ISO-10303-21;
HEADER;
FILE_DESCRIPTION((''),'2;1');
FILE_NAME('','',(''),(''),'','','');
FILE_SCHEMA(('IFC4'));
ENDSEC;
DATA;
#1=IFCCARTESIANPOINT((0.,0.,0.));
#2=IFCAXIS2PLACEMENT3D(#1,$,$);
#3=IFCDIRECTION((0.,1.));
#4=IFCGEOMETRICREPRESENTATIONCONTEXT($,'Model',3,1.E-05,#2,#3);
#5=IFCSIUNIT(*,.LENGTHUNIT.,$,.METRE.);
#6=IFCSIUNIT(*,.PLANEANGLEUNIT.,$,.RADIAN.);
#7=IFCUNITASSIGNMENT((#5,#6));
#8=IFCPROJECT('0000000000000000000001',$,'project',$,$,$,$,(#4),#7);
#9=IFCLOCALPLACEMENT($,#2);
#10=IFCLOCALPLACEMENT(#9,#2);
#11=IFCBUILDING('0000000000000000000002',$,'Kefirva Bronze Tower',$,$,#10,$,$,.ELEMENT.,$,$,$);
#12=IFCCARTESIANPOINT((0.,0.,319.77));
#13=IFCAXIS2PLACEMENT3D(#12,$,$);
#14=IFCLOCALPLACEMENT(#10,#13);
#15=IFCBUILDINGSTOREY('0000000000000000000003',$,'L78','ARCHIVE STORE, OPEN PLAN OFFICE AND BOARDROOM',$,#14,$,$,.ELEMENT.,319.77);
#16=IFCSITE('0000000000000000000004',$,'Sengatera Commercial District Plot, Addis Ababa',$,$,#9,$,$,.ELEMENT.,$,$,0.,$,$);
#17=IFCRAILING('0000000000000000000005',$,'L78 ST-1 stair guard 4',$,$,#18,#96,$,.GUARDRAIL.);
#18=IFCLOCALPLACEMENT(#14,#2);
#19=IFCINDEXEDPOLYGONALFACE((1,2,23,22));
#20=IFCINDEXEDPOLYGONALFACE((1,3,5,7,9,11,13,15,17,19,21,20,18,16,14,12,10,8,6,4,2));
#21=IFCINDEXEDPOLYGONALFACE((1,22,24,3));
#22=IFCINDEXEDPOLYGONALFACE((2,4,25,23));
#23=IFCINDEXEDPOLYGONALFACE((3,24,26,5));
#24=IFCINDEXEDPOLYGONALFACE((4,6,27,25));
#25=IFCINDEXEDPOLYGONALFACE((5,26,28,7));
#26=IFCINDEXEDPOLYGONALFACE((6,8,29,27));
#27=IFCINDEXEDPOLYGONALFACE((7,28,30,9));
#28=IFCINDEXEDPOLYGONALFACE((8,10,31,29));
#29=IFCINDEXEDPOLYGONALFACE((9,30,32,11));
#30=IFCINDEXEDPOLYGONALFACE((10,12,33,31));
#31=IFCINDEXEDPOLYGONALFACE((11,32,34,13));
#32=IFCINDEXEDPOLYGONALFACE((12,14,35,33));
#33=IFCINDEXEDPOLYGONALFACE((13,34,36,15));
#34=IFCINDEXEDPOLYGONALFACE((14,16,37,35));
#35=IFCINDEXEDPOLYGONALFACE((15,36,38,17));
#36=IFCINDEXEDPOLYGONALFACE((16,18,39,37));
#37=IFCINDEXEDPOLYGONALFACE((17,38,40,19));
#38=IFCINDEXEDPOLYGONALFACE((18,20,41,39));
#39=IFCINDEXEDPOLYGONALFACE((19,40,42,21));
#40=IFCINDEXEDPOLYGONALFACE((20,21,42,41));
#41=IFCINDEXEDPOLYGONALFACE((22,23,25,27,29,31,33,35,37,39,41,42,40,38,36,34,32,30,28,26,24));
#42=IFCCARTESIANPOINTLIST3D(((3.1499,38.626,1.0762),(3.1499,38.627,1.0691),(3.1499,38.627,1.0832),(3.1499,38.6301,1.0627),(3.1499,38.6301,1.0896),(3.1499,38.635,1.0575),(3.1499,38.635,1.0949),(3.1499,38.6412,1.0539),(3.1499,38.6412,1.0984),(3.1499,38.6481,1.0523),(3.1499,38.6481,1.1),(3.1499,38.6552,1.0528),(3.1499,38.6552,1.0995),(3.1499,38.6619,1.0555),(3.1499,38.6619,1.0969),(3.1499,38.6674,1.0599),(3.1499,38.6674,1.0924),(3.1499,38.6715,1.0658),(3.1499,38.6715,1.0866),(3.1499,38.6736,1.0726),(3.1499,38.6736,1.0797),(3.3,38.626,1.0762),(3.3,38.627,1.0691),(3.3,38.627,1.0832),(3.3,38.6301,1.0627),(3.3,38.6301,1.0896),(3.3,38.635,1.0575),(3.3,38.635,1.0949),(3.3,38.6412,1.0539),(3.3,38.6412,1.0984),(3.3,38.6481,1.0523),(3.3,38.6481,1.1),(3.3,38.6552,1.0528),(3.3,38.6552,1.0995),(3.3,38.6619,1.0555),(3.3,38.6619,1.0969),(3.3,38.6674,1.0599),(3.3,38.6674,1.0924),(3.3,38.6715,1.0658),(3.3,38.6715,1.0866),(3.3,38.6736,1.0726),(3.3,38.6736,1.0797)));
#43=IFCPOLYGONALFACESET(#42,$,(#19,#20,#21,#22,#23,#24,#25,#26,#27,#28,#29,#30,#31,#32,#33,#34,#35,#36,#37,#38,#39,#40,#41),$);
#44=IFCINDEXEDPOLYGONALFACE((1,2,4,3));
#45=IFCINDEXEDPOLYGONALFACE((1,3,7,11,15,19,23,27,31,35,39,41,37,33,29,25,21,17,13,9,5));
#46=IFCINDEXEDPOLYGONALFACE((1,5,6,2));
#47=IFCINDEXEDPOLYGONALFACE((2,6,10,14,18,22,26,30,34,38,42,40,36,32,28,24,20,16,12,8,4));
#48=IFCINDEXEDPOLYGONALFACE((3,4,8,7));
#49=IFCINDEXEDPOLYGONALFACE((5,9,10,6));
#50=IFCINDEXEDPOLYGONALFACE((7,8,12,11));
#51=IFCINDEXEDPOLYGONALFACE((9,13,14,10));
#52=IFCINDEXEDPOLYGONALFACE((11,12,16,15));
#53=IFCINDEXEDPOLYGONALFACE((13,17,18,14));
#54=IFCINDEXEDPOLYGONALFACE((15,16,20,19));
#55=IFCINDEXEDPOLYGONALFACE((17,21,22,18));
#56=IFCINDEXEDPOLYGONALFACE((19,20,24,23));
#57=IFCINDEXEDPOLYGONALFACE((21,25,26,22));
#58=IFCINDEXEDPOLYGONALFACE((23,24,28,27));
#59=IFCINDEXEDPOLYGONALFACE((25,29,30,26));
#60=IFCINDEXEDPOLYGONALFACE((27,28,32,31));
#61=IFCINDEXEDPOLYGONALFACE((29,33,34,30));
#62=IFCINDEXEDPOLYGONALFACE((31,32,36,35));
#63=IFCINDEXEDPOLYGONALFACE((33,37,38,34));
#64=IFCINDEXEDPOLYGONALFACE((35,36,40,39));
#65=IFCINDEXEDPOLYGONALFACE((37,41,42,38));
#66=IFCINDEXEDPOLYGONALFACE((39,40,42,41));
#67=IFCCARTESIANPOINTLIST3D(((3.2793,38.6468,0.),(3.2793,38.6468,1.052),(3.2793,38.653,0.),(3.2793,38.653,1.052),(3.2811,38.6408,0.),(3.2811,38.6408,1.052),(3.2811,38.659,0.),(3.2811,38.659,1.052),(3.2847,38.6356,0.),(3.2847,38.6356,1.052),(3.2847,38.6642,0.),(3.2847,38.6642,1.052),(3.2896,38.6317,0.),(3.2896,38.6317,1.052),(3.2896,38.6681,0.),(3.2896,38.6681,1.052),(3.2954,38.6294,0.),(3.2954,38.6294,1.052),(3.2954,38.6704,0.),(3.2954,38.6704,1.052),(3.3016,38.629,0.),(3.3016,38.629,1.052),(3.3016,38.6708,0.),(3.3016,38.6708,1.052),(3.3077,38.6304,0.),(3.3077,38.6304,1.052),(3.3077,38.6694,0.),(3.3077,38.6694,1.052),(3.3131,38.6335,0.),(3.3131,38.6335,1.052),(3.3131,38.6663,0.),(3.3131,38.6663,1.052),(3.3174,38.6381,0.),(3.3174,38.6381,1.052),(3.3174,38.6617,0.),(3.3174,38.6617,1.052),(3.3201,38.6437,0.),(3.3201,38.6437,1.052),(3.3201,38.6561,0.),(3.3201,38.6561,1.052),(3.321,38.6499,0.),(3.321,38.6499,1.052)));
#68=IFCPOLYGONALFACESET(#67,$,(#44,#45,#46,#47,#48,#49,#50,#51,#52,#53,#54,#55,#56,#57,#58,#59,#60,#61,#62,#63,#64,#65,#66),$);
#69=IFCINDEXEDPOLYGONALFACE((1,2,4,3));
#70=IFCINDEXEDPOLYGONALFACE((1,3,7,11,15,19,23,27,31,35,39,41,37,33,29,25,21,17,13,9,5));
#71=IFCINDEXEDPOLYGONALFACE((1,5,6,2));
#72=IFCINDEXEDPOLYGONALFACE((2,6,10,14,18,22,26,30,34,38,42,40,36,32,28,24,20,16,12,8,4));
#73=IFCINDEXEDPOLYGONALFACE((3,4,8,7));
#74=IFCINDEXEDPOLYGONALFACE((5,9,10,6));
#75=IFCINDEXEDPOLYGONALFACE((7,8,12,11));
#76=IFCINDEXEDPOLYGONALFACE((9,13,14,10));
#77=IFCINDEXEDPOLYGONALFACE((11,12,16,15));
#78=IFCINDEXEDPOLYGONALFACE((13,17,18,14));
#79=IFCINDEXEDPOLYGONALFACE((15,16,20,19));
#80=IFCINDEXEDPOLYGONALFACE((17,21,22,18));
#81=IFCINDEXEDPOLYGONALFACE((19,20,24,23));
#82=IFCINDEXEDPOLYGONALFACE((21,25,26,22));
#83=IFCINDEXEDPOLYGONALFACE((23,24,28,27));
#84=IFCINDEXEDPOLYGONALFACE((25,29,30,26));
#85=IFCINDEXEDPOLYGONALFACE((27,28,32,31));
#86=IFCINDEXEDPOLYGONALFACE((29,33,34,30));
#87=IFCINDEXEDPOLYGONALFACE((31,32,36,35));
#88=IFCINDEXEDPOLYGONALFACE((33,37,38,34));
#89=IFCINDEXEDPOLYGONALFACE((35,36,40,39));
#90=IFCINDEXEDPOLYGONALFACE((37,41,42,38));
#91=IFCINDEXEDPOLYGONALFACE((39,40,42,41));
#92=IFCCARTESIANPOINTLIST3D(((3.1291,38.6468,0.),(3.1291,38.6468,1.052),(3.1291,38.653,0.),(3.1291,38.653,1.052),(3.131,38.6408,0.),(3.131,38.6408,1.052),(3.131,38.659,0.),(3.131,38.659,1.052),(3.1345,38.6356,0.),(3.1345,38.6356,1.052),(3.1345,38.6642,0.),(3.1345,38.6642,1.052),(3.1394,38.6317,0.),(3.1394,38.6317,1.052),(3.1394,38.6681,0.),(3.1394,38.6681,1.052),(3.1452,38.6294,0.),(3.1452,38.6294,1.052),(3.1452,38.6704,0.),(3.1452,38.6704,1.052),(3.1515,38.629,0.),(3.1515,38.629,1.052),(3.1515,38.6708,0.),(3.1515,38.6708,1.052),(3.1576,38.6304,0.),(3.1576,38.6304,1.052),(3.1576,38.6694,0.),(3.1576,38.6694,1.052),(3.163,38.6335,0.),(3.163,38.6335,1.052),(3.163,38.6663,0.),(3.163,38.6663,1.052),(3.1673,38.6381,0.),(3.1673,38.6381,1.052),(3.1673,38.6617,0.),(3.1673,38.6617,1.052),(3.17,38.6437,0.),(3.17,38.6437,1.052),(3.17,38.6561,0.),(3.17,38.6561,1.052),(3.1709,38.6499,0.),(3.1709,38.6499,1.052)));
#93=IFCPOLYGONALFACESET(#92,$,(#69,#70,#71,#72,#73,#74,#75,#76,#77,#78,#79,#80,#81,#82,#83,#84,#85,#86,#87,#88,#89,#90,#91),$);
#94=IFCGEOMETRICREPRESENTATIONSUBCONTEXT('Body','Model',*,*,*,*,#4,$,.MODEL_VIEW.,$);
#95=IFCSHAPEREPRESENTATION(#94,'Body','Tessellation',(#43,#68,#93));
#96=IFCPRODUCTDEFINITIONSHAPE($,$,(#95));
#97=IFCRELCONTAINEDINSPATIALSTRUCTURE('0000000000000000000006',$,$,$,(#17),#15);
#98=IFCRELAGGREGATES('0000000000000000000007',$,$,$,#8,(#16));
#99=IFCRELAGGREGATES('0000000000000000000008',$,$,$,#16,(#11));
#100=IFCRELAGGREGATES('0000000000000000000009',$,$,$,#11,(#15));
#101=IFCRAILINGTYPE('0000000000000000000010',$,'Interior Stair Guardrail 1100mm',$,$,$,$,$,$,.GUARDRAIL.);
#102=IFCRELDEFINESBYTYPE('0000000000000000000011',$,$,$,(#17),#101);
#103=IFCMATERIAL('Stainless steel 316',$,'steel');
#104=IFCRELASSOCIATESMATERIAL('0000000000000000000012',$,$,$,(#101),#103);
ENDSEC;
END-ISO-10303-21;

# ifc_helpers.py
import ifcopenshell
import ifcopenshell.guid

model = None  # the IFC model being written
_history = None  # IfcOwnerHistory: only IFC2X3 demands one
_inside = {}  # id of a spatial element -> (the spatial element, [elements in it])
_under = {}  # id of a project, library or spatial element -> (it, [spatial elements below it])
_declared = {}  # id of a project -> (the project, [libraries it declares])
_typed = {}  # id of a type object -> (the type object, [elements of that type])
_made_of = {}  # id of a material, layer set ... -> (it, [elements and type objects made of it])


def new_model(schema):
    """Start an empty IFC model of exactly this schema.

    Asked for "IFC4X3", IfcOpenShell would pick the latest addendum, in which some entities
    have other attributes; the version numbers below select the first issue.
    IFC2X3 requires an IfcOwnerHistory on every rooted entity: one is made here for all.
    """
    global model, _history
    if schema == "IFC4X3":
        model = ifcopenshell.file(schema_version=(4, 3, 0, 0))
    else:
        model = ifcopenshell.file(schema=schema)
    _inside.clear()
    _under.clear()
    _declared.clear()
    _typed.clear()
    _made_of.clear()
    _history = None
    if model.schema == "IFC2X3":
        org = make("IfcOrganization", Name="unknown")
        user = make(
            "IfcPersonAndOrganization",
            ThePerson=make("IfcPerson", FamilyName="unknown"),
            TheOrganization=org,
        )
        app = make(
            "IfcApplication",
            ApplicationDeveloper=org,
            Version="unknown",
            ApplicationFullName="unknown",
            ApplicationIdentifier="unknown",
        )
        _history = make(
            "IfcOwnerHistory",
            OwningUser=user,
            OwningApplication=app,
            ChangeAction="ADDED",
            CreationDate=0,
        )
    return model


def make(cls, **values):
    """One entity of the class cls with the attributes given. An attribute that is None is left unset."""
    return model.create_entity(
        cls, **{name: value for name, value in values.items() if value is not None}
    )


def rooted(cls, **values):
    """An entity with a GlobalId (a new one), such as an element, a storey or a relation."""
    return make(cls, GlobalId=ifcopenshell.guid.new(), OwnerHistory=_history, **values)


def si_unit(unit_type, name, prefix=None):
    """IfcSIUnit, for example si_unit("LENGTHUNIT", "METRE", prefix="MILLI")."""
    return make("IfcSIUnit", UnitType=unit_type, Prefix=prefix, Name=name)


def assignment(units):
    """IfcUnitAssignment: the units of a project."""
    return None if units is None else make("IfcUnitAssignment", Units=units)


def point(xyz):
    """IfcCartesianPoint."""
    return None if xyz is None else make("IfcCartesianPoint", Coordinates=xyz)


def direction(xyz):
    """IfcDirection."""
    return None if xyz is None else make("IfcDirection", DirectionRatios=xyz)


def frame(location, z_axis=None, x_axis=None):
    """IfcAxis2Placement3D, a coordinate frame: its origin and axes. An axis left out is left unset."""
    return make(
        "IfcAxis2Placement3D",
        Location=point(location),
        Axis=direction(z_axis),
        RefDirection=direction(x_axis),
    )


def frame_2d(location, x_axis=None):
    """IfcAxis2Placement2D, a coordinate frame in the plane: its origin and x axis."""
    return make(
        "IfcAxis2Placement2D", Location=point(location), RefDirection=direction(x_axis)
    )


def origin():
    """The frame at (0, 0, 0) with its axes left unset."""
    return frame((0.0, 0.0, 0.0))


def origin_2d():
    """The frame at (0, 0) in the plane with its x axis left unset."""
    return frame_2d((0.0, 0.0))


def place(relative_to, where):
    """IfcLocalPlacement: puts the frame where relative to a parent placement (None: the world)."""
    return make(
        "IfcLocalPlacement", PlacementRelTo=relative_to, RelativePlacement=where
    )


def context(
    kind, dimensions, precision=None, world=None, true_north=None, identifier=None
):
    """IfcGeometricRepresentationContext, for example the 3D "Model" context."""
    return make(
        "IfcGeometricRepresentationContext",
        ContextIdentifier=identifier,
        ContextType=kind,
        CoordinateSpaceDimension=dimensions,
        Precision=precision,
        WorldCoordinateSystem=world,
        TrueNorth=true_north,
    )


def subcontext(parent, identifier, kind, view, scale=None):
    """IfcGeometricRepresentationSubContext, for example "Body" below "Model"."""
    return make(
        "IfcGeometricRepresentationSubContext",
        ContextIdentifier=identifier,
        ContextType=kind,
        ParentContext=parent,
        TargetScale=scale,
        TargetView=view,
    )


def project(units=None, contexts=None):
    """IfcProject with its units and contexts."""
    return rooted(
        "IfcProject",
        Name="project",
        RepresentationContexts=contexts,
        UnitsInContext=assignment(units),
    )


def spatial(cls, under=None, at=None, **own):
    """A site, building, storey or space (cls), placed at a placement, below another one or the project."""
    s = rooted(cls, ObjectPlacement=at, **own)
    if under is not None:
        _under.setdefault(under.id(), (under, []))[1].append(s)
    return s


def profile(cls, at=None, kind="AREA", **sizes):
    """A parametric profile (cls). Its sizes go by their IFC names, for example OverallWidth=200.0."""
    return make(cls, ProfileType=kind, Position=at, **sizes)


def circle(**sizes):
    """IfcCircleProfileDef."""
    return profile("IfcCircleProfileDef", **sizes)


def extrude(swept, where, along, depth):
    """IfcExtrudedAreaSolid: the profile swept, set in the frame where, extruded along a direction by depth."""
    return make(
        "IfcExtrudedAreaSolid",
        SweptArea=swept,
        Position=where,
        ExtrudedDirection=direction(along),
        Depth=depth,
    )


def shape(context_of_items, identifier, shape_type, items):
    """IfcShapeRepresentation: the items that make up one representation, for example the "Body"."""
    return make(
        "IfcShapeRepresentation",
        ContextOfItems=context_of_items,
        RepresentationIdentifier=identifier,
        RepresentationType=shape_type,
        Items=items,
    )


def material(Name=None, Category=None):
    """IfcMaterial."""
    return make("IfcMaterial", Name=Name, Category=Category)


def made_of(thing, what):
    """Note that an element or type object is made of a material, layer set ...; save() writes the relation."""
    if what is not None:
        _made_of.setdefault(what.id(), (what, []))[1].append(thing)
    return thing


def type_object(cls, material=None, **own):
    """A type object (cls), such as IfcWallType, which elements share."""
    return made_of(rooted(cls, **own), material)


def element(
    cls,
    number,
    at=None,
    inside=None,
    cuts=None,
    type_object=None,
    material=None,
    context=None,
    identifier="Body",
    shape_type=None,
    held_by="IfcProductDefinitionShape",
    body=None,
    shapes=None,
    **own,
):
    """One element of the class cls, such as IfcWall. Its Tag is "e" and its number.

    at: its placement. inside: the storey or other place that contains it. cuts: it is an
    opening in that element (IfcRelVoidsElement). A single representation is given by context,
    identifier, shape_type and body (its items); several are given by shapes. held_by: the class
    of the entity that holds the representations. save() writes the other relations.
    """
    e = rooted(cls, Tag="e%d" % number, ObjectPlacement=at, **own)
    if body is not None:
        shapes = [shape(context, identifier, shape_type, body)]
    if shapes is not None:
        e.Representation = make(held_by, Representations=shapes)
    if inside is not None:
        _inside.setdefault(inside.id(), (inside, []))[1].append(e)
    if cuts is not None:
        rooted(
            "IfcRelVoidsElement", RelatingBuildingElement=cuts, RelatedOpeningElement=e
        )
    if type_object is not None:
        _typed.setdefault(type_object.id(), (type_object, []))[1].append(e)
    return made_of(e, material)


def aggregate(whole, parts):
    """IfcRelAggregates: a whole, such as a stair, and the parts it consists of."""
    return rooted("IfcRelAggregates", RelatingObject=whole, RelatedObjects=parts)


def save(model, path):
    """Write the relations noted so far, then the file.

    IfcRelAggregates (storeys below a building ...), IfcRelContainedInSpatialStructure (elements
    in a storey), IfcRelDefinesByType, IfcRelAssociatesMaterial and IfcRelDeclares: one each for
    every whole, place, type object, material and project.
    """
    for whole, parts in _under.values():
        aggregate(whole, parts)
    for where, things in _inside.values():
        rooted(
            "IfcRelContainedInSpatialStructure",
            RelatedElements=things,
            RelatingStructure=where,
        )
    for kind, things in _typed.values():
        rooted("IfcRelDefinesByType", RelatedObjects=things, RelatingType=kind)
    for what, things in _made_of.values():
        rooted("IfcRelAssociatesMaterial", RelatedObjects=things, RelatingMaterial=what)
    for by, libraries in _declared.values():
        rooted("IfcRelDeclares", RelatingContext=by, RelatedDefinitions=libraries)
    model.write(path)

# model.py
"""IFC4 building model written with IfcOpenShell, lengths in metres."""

from ifc_helpers import new_model, si_unit, direction, frame, origin, origin_2d, place, context, subcontext, project, spatial, circle, extrude, material, type_object, element, save


model = new_model("IFC4")

# Units and contexts
model_context = context("Model", 3, precision=1e-05, world=origin(), true_north=direction((0.0, 1.0)))
body_context = subcontext(model_context, "Body", "Model", "MODEL_VIEW")
ifc_project = project(units=[si_unit("LENGTHUNIT", "METRE"), si_unit("PLANEANGLEUNIT", "RADIAN")], contexts=[model_context])

# Site, building, storey
site_placement = place(None, origin())
site = spatial("IfcSite", under=ifc_project, at=site_placement, Name="Sengatera Commercial District Plot, Addis Ababa", CompositionType="ELEMENT", RefElevation=0.0)
building_placement = place(site_placement, origin())
building = spatial("IfcBuilding", under=site, at=building_placement, Name="Kefirva Bronze Tower", CompositionType="ELEMENT")
storey_placement = place(building_placement, frame((0.0, 0.0, 319.77)))
storey = spatial("IfcBuildingStorey", under=building, at=storey_placement, Name="L78", Description="ARCHIVE STORE, OPEN PLAN OFFICE AND BOARDROOM", CompositionType="ELEMENT", Elevation=319.77)

# Railing
ifc_material_1 = material(Name="Stainless steel 316", Category="steel")
railing_type_1 = type_object("IfcRailingType", Name="Interior Stair Guardrail 1100mm", PredefinedType="GUARDRAIL", material=ifc_material_1)
railing_1_placement = place(storey_placement, frame((3.3, 38.6499, 0.0)))
element("IfcRailing", 1, at=railing_1_placement, inside=storey, type_object=railing_type_1, Name="L78 ST-1 stair guard 4", PredefinedType="GUARDRAIL", context=body_context, shape_type="SweptSolid", body=[
    extrude(circle(Radius=0.0239, at=origin_2d()), frame((0.0, 0.0, 1.0762), z_axis=(-1.0, 0.0, 0.0), x_axis=(0.0, -1.0, 0.0)), (0.0, 0.0, 1.0), 0.1501),
    extrude(circle(Radius=0.021, at=origin_2d()), origin(), (0.0, 0.0, 1.0), 1.052),
    extrude(circle(Radius=0.021, at=origin_2d()), frame((-0.1501, 0.0, 0.0)), (0.0, 0.0, 1.0), 1.052),
])

save(model, "model.ifc")
